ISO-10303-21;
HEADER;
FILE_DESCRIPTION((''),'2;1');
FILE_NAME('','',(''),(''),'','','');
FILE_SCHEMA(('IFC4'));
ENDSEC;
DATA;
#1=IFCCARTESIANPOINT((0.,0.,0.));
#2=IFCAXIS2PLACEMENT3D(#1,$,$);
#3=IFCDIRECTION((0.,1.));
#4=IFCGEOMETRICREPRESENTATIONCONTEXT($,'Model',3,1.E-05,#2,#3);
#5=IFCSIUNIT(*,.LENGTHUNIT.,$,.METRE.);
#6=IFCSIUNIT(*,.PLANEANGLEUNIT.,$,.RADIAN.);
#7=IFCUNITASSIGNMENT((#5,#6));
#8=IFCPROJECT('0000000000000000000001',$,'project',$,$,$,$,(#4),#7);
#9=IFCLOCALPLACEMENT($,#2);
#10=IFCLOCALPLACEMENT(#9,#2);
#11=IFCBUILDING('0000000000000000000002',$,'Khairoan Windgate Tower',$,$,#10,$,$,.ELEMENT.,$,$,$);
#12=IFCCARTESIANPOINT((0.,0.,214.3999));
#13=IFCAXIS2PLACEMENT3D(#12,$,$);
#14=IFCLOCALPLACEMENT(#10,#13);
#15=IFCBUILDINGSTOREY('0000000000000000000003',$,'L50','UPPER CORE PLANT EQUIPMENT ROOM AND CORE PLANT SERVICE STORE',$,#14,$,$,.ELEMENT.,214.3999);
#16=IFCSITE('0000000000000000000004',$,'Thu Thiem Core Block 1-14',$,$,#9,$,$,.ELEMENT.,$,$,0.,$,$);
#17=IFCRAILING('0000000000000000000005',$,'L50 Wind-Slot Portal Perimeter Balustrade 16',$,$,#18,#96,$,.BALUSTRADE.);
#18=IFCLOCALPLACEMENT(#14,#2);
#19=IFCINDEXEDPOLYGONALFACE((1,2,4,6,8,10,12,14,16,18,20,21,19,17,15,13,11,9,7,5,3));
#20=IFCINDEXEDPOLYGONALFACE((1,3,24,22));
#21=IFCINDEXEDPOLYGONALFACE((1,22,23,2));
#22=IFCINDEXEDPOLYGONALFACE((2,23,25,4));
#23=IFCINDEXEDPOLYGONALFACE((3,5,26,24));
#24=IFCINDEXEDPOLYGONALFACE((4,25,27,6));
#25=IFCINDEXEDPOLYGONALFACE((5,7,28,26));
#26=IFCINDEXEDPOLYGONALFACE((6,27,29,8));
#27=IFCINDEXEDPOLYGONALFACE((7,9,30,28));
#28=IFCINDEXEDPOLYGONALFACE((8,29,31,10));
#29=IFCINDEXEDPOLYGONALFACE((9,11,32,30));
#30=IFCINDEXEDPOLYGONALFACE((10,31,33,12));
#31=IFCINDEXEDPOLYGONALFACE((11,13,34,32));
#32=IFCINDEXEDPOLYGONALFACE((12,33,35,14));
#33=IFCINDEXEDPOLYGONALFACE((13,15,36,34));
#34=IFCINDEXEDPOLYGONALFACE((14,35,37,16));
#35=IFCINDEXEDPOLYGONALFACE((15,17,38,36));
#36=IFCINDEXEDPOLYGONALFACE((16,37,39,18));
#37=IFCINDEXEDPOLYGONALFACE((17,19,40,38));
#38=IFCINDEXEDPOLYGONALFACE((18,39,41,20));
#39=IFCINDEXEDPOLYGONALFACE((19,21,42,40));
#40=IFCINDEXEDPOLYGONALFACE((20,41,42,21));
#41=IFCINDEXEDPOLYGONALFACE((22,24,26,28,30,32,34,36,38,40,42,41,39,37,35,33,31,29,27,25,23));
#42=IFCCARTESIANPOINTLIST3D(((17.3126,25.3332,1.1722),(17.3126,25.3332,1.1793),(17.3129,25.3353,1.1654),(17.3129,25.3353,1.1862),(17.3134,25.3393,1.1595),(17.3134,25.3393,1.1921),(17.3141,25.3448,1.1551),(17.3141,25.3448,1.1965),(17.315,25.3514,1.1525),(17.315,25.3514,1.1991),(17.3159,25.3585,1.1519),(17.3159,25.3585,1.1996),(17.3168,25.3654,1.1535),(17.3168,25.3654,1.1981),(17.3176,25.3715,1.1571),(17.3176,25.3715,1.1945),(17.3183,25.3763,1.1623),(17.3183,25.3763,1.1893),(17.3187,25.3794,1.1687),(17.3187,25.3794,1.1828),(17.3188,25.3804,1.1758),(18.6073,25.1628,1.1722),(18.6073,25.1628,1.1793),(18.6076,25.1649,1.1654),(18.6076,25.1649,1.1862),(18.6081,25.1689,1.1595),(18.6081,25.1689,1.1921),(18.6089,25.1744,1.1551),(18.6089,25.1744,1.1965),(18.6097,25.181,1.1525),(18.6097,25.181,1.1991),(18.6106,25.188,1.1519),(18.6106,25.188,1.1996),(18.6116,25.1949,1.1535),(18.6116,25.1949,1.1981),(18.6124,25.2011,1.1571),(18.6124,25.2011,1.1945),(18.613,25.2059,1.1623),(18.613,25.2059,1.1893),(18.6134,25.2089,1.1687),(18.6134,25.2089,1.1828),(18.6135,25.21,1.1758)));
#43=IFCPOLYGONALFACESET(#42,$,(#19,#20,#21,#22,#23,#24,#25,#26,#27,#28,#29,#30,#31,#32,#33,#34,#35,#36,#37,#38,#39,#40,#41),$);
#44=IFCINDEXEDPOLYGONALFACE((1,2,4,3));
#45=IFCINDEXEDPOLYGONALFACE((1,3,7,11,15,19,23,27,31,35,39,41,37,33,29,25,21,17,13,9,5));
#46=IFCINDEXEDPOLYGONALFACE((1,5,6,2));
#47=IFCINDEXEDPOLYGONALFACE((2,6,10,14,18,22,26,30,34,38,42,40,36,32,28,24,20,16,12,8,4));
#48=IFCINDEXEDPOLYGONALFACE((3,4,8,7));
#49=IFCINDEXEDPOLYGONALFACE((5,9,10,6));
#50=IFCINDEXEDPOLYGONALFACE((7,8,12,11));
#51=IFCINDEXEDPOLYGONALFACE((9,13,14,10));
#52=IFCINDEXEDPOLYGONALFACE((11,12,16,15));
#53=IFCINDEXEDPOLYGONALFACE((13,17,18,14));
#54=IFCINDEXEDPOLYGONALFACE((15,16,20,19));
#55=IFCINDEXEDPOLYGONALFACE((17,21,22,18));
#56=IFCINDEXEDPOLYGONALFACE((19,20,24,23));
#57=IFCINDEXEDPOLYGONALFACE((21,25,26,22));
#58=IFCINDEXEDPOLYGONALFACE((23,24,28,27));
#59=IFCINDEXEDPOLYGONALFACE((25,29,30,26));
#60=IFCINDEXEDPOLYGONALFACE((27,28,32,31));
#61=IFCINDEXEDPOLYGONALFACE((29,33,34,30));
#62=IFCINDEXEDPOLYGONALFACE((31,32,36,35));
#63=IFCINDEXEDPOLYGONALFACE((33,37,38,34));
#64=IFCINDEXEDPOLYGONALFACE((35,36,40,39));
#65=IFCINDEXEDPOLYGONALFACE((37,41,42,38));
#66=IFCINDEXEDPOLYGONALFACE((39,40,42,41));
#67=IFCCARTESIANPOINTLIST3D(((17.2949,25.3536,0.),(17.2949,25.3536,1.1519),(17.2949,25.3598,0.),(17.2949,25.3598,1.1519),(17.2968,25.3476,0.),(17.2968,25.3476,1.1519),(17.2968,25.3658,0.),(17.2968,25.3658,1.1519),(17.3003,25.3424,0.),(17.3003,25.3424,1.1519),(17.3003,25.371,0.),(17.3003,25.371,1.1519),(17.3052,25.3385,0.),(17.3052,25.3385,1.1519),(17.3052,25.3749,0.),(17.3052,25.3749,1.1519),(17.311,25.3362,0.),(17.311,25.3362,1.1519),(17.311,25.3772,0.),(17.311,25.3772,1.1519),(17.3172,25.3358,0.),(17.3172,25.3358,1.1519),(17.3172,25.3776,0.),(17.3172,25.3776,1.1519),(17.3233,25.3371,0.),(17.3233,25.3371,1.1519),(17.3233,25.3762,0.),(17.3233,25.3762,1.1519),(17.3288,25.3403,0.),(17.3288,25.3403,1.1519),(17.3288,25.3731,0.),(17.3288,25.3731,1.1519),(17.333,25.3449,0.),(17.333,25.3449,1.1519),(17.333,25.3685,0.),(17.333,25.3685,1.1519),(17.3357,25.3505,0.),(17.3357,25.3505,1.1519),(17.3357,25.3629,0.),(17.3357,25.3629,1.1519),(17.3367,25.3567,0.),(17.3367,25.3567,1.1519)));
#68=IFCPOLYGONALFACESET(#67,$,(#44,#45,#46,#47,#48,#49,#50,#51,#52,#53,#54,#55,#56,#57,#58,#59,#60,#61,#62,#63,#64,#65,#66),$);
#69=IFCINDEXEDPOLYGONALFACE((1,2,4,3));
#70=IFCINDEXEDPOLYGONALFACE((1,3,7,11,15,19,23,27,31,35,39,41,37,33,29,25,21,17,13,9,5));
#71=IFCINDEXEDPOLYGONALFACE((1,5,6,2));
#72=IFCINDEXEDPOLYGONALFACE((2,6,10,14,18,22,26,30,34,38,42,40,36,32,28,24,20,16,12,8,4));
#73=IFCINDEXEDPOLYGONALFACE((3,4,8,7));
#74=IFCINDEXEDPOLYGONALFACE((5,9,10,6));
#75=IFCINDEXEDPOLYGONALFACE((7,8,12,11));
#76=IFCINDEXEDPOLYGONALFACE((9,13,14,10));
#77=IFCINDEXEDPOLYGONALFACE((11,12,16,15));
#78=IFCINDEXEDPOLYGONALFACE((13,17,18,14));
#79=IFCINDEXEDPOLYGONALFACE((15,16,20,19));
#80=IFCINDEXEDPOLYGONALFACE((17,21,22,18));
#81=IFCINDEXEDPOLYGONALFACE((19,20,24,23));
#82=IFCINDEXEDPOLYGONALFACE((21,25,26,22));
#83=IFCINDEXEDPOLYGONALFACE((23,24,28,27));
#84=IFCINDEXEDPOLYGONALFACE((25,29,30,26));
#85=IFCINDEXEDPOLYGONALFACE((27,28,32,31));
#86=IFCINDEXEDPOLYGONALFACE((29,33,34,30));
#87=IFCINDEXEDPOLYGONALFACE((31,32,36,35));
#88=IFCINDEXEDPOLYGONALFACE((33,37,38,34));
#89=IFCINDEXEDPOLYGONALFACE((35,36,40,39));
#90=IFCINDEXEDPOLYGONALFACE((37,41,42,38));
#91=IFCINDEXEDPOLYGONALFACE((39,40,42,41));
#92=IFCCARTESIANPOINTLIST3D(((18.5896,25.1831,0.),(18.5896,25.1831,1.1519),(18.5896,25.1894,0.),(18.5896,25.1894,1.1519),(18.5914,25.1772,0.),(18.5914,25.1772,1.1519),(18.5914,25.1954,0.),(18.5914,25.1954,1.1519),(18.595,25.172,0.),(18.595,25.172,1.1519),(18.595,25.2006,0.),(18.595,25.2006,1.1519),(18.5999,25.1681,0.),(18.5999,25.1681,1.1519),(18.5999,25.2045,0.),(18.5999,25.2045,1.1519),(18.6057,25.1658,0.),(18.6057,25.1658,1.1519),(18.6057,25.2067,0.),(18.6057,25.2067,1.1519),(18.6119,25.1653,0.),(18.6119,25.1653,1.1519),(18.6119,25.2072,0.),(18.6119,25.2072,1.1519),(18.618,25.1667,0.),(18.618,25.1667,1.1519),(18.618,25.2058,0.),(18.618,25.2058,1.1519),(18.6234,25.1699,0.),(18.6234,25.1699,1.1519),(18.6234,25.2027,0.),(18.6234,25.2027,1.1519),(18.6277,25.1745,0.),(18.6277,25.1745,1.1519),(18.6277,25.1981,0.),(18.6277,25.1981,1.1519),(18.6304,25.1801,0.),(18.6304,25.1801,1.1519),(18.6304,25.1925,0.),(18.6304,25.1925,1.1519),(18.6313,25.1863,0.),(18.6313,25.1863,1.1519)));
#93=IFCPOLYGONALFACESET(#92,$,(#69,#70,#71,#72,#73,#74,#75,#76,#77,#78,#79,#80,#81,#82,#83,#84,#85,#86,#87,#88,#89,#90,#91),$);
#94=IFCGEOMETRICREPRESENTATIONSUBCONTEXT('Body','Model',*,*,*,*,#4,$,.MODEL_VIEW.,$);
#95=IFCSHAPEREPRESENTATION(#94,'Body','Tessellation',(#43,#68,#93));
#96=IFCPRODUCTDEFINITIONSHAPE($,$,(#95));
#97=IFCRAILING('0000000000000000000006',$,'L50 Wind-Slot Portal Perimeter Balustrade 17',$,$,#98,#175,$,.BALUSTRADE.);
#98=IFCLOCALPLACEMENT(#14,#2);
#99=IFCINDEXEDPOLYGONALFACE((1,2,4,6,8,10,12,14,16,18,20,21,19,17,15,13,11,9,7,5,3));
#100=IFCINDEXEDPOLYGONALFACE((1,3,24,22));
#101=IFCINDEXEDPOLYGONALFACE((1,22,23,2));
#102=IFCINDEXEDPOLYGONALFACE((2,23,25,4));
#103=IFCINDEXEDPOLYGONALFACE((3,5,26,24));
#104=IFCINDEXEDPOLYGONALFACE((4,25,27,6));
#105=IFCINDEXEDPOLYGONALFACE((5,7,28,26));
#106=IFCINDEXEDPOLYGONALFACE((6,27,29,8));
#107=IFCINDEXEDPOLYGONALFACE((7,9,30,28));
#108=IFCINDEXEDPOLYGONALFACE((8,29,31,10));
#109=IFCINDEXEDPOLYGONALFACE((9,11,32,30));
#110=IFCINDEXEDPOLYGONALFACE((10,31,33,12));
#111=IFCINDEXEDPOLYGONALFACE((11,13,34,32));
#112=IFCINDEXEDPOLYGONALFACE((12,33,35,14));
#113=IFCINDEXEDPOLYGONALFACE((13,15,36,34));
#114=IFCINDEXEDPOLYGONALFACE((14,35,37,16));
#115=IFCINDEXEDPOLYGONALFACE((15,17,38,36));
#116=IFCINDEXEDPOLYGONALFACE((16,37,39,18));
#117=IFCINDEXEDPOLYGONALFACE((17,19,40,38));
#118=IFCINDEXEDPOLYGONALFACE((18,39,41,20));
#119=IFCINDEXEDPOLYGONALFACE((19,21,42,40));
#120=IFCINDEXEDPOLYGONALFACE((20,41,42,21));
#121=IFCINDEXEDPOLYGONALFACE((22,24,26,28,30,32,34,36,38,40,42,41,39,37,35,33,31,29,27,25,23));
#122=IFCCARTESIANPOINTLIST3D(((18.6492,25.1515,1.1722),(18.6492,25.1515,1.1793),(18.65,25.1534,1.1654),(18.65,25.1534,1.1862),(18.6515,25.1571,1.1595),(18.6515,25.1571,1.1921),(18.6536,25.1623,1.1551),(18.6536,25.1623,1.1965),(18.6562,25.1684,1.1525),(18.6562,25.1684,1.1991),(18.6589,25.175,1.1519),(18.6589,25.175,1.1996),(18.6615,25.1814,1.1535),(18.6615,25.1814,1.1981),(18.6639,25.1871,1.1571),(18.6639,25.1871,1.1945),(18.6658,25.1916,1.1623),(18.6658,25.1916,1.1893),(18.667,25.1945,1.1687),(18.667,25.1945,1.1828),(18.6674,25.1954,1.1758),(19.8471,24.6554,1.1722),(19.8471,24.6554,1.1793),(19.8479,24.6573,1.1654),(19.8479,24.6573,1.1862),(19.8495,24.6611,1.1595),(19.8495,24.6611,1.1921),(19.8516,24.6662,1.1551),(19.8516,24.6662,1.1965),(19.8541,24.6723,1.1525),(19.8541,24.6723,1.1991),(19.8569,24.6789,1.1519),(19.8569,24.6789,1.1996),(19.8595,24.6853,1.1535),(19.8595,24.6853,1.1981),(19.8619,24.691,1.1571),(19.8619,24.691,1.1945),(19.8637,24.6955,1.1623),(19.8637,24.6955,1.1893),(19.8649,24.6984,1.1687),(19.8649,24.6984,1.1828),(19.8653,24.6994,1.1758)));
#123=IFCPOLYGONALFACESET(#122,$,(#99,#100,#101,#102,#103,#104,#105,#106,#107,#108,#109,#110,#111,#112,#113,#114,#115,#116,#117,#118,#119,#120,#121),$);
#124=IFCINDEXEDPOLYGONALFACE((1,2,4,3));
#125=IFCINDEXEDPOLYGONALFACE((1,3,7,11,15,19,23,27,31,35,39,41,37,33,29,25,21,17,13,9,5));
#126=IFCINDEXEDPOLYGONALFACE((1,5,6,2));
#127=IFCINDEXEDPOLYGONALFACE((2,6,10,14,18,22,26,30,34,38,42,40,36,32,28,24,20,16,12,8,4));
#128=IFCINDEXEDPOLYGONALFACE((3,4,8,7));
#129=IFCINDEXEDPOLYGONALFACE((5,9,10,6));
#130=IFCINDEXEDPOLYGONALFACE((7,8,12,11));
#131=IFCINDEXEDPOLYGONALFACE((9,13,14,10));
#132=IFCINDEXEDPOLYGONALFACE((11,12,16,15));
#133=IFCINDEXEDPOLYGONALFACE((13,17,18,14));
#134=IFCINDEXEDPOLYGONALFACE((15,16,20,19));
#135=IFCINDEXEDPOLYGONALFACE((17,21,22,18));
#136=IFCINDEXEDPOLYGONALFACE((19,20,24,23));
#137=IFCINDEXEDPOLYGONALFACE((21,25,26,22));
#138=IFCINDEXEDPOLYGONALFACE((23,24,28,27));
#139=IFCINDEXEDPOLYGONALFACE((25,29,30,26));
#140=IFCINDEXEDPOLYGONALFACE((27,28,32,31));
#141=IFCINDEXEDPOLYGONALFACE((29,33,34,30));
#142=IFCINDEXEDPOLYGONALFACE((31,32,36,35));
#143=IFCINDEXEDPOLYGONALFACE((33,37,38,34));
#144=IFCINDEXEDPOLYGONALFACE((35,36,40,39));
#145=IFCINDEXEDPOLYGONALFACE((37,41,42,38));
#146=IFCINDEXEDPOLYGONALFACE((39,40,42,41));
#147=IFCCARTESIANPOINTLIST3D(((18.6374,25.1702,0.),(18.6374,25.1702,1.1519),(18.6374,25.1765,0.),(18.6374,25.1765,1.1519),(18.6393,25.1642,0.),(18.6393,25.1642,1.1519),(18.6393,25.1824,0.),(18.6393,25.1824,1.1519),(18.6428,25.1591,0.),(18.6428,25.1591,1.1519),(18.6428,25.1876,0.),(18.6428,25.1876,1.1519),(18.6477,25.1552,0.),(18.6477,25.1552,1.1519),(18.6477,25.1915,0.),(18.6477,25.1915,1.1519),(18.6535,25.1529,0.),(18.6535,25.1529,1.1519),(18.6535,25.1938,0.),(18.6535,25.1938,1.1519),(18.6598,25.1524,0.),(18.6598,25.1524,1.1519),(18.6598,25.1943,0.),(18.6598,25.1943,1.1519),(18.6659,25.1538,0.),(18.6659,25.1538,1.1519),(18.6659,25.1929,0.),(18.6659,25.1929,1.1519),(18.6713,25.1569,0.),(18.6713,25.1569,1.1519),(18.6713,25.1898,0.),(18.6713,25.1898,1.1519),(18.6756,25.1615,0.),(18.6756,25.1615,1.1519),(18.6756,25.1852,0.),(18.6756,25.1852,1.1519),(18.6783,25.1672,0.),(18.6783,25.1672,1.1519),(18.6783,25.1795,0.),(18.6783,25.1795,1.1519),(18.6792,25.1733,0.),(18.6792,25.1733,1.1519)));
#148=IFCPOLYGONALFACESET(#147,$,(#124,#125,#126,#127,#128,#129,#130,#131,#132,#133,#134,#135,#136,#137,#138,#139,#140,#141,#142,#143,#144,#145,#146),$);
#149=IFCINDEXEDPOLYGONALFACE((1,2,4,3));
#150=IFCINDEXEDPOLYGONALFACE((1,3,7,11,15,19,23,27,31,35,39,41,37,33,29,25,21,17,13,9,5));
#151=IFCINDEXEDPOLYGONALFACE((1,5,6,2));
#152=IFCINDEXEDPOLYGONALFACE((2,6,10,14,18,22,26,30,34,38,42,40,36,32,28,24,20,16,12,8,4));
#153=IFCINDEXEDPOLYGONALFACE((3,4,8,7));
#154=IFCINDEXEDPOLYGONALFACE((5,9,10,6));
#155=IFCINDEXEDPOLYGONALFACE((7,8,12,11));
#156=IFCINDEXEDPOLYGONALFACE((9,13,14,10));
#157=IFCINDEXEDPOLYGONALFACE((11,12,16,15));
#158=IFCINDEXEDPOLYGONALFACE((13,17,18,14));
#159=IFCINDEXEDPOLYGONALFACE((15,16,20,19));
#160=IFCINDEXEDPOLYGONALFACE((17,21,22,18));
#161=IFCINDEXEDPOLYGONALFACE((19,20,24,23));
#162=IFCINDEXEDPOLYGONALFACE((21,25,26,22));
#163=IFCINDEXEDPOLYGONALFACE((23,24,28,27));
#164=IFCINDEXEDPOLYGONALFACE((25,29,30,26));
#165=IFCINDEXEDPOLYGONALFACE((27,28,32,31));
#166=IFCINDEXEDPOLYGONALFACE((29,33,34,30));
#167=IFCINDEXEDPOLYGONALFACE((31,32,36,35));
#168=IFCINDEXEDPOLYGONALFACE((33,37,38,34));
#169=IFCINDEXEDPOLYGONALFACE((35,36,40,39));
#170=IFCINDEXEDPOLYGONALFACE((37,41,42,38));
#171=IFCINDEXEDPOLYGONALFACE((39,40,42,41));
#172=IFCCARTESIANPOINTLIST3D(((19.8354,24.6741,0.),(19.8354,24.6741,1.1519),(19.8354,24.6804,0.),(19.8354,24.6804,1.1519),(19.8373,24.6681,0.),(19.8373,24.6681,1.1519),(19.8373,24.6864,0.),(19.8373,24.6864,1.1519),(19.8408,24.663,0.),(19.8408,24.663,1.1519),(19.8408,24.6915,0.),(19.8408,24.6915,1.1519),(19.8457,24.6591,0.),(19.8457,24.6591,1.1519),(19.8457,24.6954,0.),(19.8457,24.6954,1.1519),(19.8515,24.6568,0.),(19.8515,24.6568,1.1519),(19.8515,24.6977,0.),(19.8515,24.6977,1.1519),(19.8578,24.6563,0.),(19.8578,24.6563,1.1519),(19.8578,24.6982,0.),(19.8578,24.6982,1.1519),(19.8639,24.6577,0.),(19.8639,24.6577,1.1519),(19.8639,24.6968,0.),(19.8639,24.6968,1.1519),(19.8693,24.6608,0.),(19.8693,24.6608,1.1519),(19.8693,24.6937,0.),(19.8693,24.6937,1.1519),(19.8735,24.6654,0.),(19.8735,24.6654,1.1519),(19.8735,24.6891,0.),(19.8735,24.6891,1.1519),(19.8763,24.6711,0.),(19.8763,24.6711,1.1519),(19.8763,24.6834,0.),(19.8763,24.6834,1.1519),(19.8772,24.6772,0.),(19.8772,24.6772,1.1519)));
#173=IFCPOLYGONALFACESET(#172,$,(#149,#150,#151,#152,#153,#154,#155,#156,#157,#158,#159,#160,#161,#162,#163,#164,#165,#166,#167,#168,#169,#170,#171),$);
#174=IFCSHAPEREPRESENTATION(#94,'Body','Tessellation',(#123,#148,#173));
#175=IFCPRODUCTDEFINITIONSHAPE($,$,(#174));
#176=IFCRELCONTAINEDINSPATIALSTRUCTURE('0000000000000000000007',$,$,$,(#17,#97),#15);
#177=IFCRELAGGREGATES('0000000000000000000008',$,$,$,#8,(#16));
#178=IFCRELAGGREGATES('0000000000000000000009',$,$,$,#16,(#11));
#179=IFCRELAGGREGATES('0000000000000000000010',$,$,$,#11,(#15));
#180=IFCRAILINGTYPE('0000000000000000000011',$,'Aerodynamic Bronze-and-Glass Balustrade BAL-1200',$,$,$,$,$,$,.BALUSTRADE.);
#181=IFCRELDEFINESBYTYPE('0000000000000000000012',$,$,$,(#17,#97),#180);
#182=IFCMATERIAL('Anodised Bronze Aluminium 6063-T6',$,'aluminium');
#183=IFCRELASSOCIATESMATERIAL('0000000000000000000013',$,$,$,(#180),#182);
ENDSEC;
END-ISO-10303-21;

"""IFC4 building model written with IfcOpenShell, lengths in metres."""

from ifc_helpers import new_model, si_unit, direction, frame, origin, origin_2d, place, context, subcontext, project, spatial, circle, extrude, material, type_object, element, save


model = new_model("IFC4")

# Units and contexts
model_context = context("Model", 3, precision=1e-05, world=origin(), true_north=direction((0.0, 1.0)))
body_context = subcontext(model_context, "Body", "Model", "MODEL_VIEW")
ifc_project = project(units=[si_unit("LENGTHUNIT", "METRE"), si_unit("PLANEANGLEUNIT", "RADIAN")], contexts=[model_context])

# Site, building, storey
site_placement = place(None, origin())
site = spatial("IfcSite", under=ifc_project, at=site_placement, Name="Thu Thiem Core Block 1-14", CompositionType="ELEMENT", RefElevation=0.0)
building_placement = place(site_placement, origin())
building = spatial("IfcBuilding", under=site, at=building_placement, Name="Khairoan Windgate Tower", CompositionType="ELEMENT")
storey_placement = place(building_placement, frame((0.0, 0.0, 214.3999)))
storey = spatial("IfcBuildingStorey", under=building, at=storey_placement, Name="L50", Description="UPPER CORE PLANT EQUIPMENT ROOM AND CORE PLANT SERVICE STORE", CompositionType="ELEMENT", Elevation=214.3999)

# Railings
ifc_material_1 = material(Name="Anodised Bronze Aluminium 6063-T6", Category="aluminium")
railing_type = type_object("IfcRailingType", Name="Aerodynamic Bronze-and-Glass Balustrade BAL-1200", PredefinedType="BALUSTRADE", material=ifc_material_1)
railing_1_placement = place(storey_placement, frame((17.3157, 25.3567, 0.0)))
element("IfcRailing", 1, at=railing_1_placement, inside=storey, type_object=railing_type, Name="L50 Wind-Slot Portal Perimeter Balustrade 16", PredefinedType="BALUSTRADE", context=body_context, shape_type="SweptSolid", body=[
    extrude(circle(Radius=0.0239, at=origin_2d()), frame((0.0, 0.0, 1.1758), z_axis=(0.991449, -0.130498, 0.0), x_axis=(0.130498, 0.991449, 0.0)), (0.0, 0.0, 1.0), 1.3059),
    extrude(circle(Radius=0.021, at=origin_2d()), origin(), (0.0, 0.0, 1.0), 1.1519),
    extrude(circle(Radius=0.021, at=origin_2d()), frame((1.2947, -0.1704, 0.0)), (0.0, 0.0, 1.0), 1.1519),
])
railing_2_placement = place(storey_placement, frame((18.6582, 25.1733, 0.0)))
element("IfcRailing", 2, at=railing_2_placement, inside=storey, type_object=railing_type, Name="L50 Wind-Slot Portal Perimeter Balustrade 17", PredefinedType="BALUSTRADE", context=body_context, shape_type="SweptSolid", body=[
    extrude(circle(Radius=0.0239, at=origin_2d()), frame((0.0, 0.0, 1.1758), z_axis=(0.923916, -0.382596, 0.0), x_axis=(0.382596, 0.923916, 0.0)), (0.0, 0.0, 1.0), 1.2966),
    extrude(circle(Radius=0.021, at=origin_2d()), origin(), (0.0, 0.0, 1.0), 1.1519),
    extrude(circle(Radius=0.021, at=origin_2d()), frame((1.198, -0.4961, 0.0)), (0.0, 0.0, 1.0), 1.1519),
])

save(model, "model.ifc")
